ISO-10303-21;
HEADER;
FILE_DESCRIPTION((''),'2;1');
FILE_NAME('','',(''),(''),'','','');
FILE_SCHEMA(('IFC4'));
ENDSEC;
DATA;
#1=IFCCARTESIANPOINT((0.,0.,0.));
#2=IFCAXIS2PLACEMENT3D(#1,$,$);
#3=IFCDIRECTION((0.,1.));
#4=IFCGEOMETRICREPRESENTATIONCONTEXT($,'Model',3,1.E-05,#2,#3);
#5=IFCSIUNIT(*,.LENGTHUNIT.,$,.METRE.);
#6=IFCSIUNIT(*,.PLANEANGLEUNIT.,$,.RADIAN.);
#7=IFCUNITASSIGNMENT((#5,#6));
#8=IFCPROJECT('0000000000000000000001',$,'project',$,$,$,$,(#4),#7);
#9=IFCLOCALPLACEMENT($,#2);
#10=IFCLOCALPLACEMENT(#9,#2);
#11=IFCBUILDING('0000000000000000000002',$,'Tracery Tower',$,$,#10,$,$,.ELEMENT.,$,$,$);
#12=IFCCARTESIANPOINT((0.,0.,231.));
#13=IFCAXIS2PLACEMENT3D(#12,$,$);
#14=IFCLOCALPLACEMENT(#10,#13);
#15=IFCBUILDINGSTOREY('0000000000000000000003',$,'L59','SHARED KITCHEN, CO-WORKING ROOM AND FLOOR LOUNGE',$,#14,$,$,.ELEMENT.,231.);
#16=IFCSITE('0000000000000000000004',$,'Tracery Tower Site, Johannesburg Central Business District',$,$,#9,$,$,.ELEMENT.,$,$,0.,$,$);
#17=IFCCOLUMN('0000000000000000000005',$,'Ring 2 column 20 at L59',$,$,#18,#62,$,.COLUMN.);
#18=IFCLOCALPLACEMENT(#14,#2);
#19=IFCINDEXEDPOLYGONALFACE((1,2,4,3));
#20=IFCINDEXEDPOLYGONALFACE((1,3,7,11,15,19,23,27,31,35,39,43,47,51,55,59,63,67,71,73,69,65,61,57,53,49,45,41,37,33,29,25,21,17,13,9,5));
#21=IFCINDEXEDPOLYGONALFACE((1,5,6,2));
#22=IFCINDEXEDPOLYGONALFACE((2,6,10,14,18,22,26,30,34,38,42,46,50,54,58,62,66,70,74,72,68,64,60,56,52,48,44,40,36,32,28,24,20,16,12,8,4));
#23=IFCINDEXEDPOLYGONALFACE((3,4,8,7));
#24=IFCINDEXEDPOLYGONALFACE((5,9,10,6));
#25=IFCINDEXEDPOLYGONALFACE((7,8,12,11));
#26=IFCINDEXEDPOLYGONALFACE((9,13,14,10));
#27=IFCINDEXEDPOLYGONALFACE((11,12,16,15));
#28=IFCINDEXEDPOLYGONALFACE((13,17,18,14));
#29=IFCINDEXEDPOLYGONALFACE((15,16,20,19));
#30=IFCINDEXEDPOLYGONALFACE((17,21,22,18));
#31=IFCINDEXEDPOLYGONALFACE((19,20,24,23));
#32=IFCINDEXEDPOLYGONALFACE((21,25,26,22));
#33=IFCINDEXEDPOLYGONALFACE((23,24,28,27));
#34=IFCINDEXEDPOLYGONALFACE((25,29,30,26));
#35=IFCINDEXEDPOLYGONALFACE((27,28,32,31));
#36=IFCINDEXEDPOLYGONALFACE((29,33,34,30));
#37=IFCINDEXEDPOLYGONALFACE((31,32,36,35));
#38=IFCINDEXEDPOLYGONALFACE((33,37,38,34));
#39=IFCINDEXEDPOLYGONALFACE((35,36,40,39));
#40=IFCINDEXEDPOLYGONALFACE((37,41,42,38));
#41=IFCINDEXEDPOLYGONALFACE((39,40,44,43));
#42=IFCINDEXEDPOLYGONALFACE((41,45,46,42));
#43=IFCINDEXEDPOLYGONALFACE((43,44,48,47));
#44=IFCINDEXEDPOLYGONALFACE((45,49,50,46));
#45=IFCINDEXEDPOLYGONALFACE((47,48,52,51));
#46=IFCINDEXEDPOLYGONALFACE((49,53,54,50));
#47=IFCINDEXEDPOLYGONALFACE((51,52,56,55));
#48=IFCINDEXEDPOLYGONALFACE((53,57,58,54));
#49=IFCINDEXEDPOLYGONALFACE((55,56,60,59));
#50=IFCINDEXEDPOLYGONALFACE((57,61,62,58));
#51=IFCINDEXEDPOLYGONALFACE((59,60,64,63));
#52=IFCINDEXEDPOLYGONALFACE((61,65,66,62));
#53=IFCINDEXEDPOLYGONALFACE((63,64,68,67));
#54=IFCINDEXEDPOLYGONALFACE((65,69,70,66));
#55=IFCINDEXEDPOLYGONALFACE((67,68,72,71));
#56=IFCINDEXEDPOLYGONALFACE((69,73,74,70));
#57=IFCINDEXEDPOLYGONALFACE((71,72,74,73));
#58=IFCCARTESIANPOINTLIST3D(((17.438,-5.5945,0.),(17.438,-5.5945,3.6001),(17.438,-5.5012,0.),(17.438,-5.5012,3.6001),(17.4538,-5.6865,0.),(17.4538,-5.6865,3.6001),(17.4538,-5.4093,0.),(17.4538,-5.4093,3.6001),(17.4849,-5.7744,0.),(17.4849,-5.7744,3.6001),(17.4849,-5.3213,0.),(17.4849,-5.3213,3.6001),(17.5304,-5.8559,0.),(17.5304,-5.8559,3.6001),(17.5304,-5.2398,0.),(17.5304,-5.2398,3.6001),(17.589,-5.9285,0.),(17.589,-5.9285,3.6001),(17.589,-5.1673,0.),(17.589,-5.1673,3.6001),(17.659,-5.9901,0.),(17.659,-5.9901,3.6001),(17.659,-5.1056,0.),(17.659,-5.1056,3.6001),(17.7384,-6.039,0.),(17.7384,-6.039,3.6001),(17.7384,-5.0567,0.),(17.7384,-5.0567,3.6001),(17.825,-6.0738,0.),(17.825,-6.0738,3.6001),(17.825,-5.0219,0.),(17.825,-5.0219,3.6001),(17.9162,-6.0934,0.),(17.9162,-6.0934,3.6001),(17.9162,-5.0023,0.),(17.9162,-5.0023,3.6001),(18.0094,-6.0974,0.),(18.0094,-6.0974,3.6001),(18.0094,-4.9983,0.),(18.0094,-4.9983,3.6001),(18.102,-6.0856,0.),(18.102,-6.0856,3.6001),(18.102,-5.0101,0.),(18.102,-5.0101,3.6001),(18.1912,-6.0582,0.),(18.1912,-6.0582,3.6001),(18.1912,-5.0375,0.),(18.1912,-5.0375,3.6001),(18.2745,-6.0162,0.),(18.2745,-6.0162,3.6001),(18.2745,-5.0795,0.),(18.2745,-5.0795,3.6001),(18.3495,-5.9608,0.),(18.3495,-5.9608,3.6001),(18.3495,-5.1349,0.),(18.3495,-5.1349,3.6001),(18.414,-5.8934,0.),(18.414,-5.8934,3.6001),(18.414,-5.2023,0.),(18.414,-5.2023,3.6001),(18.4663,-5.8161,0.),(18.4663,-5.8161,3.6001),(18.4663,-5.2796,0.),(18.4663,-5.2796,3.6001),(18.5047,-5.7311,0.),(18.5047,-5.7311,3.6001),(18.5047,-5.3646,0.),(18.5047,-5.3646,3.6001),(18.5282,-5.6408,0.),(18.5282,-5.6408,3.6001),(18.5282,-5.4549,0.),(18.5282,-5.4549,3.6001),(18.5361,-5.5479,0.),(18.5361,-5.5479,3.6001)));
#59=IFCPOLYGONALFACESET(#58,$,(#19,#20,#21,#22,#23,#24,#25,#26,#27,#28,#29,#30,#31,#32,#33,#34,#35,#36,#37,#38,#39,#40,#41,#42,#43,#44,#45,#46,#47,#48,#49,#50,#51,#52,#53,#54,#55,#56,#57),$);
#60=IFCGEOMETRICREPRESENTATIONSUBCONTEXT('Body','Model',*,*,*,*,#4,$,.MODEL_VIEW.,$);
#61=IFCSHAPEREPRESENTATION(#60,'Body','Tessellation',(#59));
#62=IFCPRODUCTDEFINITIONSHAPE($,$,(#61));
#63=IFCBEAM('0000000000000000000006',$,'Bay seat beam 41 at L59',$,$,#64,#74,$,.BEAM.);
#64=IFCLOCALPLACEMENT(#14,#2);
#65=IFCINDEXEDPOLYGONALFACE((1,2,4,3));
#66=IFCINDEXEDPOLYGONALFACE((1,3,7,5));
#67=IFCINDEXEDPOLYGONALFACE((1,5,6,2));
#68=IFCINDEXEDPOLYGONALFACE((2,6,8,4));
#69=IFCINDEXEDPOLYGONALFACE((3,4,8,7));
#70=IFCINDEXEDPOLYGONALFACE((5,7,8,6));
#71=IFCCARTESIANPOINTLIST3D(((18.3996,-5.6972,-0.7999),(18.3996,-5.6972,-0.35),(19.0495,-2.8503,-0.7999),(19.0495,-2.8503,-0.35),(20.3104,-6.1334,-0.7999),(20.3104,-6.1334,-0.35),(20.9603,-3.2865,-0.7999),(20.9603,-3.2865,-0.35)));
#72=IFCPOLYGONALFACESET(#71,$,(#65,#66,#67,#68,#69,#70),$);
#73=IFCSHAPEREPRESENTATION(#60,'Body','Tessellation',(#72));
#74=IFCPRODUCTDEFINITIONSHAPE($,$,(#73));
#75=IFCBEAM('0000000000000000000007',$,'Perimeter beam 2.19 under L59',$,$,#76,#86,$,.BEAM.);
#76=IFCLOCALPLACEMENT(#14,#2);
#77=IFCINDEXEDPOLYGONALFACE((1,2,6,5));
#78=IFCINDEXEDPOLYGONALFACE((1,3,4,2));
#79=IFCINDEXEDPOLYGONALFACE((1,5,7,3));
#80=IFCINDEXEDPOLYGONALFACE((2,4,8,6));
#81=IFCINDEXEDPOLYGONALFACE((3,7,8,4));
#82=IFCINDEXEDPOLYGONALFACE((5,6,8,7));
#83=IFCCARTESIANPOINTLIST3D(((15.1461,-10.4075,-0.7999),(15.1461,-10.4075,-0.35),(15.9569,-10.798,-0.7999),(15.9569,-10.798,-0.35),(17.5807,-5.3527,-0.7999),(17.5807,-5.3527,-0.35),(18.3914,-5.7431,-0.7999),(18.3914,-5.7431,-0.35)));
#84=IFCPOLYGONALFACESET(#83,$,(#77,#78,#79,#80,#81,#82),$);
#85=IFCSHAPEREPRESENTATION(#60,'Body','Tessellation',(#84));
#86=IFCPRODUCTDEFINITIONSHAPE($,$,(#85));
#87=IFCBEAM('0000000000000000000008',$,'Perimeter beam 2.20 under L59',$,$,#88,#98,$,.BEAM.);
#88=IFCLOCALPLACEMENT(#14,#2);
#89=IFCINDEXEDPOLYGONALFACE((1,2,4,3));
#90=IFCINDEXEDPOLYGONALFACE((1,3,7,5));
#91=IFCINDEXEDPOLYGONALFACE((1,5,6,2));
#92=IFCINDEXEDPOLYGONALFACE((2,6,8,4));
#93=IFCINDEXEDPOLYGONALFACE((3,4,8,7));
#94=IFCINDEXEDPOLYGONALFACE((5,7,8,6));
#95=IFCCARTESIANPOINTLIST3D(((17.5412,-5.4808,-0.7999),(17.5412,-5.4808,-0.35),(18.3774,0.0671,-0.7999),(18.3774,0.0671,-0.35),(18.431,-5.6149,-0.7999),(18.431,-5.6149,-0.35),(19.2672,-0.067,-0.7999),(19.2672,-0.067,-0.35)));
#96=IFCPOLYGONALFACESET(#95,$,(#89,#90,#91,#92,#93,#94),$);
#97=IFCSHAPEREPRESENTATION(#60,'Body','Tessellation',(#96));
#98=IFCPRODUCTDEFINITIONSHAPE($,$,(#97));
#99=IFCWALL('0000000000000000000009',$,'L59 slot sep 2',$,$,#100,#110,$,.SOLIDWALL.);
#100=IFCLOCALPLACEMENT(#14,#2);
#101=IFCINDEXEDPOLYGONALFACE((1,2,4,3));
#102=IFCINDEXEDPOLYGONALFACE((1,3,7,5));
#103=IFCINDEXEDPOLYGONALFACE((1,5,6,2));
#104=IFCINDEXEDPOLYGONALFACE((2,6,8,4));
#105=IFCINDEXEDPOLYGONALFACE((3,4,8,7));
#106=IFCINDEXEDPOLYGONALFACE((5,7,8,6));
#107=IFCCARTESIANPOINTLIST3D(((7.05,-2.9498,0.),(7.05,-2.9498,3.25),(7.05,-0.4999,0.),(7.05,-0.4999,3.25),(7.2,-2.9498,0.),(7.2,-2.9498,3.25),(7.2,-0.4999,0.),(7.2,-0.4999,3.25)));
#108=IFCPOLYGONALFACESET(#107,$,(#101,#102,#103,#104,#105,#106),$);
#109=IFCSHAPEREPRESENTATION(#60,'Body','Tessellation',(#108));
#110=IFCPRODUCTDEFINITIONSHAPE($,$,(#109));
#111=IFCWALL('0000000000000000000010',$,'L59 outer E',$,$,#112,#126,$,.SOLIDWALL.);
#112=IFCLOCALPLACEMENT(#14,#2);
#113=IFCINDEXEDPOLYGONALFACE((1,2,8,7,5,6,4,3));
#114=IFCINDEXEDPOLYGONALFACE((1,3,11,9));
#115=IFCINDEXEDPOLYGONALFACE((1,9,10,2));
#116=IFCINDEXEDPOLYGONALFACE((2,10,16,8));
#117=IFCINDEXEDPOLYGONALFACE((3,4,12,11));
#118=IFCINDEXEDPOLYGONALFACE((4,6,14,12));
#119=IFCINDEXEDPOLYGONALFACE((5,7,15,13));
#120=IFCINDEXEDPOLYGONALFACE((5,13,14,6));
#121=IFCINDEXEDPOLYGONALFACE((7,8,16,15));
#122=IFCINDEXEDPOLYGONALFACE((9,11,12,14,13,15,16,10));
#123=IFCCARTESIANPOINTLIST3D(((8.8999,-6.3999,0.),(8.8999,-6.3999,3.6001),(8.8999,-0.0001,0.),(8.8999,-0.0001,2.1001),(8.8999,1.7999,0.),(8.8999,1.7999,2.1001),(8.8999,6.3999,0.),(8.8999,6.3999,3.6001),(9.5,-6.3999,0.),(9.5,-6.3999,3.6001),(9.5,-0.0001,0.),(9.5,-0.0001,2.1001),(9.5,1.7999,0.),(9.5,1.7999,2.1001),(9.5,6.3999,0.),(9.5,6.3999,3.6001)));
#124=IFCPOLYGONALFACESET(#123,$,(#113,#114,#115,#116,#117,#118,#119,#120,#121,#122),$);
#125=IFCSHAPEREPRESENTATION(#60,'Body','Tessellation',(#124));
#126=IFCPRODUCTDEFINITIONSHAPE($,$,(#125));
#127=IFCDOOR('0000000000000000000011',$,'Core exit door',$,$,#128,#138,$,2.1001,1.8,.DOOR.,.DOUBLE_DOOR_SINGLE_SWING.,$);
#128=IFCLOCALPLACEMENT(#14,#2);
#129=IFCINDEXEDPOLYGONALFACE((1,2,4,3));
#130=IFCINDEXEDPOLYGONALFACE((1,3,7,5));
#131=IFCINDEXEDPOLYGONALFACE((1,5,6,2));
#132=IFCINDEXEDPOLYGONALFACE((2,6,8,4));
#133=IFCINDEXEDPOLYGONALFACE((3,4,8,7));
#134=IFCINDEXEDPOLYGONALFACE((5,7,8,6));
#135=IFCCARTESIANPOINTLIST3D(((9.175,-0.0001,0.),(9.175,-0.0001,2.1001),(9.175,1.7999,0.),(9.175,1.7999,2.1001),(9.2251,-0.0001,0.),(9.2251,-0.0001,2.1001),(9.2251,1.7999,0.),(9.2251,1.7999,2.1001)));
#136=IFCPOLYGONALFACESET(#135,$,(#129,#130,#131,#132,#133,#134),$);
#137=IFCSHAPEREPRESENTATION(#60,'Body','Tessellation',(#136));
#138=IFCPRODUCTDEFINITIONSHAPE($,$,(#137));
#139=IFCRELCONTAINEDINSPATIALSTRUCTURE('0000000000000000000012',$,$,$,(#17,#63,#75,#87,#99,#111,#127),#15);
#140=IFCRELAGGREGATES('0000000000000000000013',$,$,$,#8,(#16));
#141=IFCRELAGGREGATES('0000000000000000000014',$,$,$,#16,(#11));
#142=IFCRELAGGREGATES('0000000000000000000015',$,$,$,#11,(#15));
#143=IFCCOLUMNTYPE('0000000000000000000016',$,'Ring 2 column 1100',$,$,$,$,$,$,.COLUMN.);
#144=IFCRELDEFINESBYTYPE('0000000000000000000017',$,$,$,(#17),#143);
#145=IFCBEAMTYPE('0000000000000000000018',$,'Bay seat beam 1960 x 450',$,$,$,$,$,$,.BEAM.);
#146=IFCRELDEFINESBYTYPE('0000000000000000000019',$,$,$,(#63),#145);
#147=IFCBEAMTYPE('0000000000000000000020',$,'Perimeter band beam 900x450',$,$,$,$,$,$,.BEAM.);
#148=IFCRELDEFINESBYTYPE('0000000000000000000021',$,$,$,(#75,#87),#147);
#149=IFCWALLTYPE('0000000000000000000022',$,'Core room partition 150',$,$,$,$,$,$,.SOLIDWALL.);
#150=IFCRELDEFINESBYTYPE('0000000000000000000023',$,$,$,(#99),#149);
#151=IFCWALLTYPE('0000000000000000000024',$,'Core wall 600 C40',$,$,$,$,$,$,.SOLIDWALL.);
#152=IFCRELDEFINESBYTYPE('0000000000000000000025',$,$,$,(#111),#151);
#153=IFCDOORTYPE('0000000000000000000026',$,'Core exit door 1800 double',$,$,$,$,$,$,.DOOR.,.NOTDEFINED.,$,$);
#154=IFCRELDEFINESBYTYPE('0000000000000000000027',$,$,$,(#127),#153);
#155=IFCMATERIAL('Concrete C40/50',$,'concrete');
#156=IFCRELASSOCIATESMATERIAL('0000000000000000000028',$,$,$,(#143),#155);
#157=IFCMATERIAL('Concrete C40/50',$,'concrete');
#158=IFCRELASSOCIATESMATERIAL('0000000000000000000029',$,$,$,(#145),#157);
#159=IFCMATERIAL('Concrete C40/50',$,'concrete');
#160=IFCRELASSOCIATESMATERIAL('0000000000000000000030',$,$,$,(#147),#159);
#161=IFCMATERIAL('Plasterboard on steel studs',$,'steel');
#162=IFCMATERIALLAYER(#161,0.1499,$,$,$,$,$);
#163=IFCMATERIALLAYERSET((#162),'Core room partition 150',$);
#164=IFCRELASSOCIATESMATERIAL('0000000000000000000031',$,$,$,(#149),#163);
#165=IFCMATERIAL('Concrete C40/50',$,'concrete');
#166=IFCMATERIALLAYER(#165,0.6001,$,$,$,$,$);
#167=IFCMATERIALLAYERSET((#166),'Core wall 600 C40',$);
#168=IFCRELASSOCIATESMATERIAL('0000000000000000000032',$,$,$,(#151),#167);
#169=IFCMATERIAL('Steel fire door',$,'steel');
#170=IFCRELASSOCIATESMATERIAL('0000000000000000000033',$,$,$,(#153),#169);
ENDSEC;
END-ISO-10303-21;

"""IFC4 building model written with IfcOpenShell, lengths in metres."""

from ifc_helpers import new_model, si_unit, direction, frame, frame_2d, origin, origin_2d, place, context, subcontext, project, spatial, rectangle, circle, extrude, material, layer, layer_set, material_profile, profile_set, type_object, element, fill, save


model = new_model("IFC4")

# Units and contexts
model_context = context("Model", 3, precision=1e-05, world=origin(), true_north=direction((0.0, 1.0)))
body_context = subcontext(model_context, "Body", "Model", "MODEL_VIEW")
ifc_project = project(units=[si_unit("LENGTHUNIT", "METRE"), si_unit("PLANEANGLEUNIT", "RADIAN")], contexts=[model_context])

# Site, building, storey
site_placement = place(None, origin())
site = spatial("IfcSite", under=ifc_project, at=site_placement, Name="Tracery Tower Site, Johannesburg Central Business District", CompositionType="ELEMENT", RefElevation=0.0)
building_placement = place(site_placement, origin())
building = spatial("IfcBuilding", under=site, at=building_placement, Name="Tracery Tower", CompositionType="ELEMENT")
storey_placement = place(building_placement, frame((0.0, 0.0, 231.0)))
storey = spatial("IfcBuildingStorey", under=building, at=storey_placement, Name="L59", Description="SHARED KITCHEN, CO-WORKING ROOM AND FLOOR LOUNGE", CompositionType="ELEMENT", Elevation=231.0)

# Column
ifc_material_1 = material(Name="Concrete C40/50", Category="concrete")
ifc_material_profile_1 = material_profile(ifc_material_1, circle(Radius=0.55, at=origin_2d()), Name="RC D1100")
ifc_profile_set_1 = profile_set([ifc_material_profile_1], Name="Concrete C40/50")
column_type = type_object("IfcColumnType", Name="Ring 2 column 1100", PredefinedType="COLUMN", material=ifc_profile_set_1)
column_placement = place(storey_placement, frame((17.9861, -5.5479, 0.0), z_axis=(0.0, 0.0, 1.0), x_axis=(1.0, 0.0, 0.0)))
element("IfcColumn", 1, at=column_placement, inside=storey, type_object=column_type, Name="Ring 2 column 20 at L59", PredefinedType="COLUMN", context=body_context, shape_type="SweptSolid", body=[
    extrude(circle(Radius=0.55, at=origin_2d()), origin(), (0.0, 0.0, 1.0), 3.6001),
])

# Beams
ifc_material_2 = material(Name="Concrete C40/50", Category="concrete")
ifc_material_profile_2 = material_profile(ifc_material_2, rectangle(XDim=1.96, YDim=0.45, at=origin_2d()), Name="RC 1960x450")
ifc_profile_set_2 = profile_set([ifc_material_profile_2], Name="Concrete C40/50")
beam_type_1 = type_object("IfcBeamType", Name="Bay seat beam 1960 x 450", PredefinedType="BEAM", material=ifc_profile_set_2)
beam_placement = place(storey_placement, frame((19.355, -5.9153, -0.575), z_axis=(0.222557, 0.97492, 0.0), x_axis=(-0.97492, 0.222557, 0.0)))
element("IfcBeam", 2, at=beam_placement, inside=storey, type_object=beam_type_1, Name="Bay seat beam 41 at L59", PredefinedType="BEAM", context=body_context, shape_type="SweptSolid", body=[
    extrude(rectangle(XDim=1.96, YDim=0.45, at=origin_2d()), origin(), (0.0, 0.0, 1.0), 2.9202),
])
ifc_material_3 = material(Name="Concrete C40/50", Category="concrete")
ifc_material_profile_3 = material_profile(ifc_material_3, rectangle(XDim=0.8999, YDim=0.45, at=origin_2d()), Name="RC 900x450")
ifc_profile_set_3 = profile_set([ifc_material_profile_3], Name="Concrete C40/50")
beam_type_2 = type_object("IfcBeamType", Name="Perimeter band beam 900x450", PredefinedType="BEAM", material=ifc_profile_set_3)
for number, where, z_axis, x_axis, name in (
    (3, (15.5515, -10.6028, -0.575), (0.433919, 0.900952, 0.0), (-0.900952, 0.433919, 0.0), "Perimeter beam 2.19 under L59"),
    (4, (17.9861, -5.5479, -0.575), (0.149038, 0.988831, 0.0), (-0.988831, 0.149038, 0.0), "Perimeter beam 2.20 under L59"),
):
    element("IfcBeam", number, at=place(storey_placement, frame(where, z_axis=z_axis, x_axis=x_axis)), inside=storey, type_object=beam_type_2, Name=name, PredefinedType="BEAM", context=body_context, shape_type="SweptSolid", body=[
        extrude(rectangle(XDim=0.8999, YDim=0.45, at=origin_2d()), origin(), (0.0, 0.0, 1.0), 5.6106),
    ])

# Wall
ifc_material_4 = material(Name="Plasterboard on steel studs", Category="steel")
ifc_layer_1 = layer(ifc_material_4, 0.1499)
ifc_layer_set_1 = layer_set([ifc_layer_1], Name="Core room partition 150")
wall_type_1 = type_object("IfcWallType", Name="Core room partition 150", PredefinedType="SOLIDWALL", material=ifc_layer_set_1)
wall_1_placement = place(storey_placement, frame((7.125, -2.95, 0.0), z_axis=(0.0, 0.0, 1.0), x_axis=(0.0, 1.0, 0.0)))
element("IfcWall", 5, at=wall_1_placement, inside=storey, type_object=wall_type_1, Name="L59 slot sep 2", PredefinedType="SOLIDWALL", context=body_context, shape_type="SweptSolid", body=[
    extrude(rectangle(XDim=2.45, YDim=0.1499, at=frame_2d((1.2251, 0.0))), origin(), (0.0, 0.0, 1.0), 3.25),
])

# Wall, opening, door
ifc_material_5 = material(Name="Concrete C40/50", Category="concrete")
ifc_layer_2 = layer(ifc_material_5, 0.6001)
ifc_layer_set_2 = layer_set([ifc_layer_2], Name="Core wall 600 C40")
wall_type_2 = type_object("IfcWallType", Name="Core wall 600 C40", PredefinedType="SOLIDWALL", material=ifc_layer_set_2)
wall_2_placement = place(storey_placement, frame((9.2, -6.3999, 0.0), z_axis=(0.0, 0.0, 1.0), x_axis=(0.0, 1.0, 0.0)))
wall_2 = element("IfcWall", 6, at=wall_2_placement, inside=storey, type_object=wall_type_2, Name="L59 outer E", PredefinedType="SOLIDWALL", context=body_context, shape_type="SweptSolid", body=[
    extrude(rectangle(XDim=12.7998, YDim=0.6001, at=frame_2d((6.3999, 0.0))), origin(), (0.0, 0.0, 1.0), 3.6001),
])
opening_1_placement = place(wall_2_placement, frame((6.3999, 0.0, 0.0)))
opening_1 = element("IfcOpeningElement", 7, at=opening_1_placement, cuts=wall_2, PredefinedType="OPENING", context=body_context, shape_type="SweptSolid", body=[
    extrude(rectangle(XDim=1.8, YDim=2.1001, at=frame_2d((0.8999, 1.05))), frame((0.0, 0.3, 0.0), z_axis=(0.0, -1.0, 0.0), x_axis=(1.0, 0.0, 0.0)), (0.0, 0.0, 1.0), 0.6001),
])
ifc_material_6 = material(Name="Steel fire door", Category="steel")
door_type_1 = type_object("IfcDoorType", Name="Core exit door 1800 double", OperationType="NOTDEFINED", PredefinedType="DOOR", material=ifc_material_6)
door_1_placement = place(opening_1_placement, origin())
door_1 = element("IfcDoor", 8, at=door_1_placement, inside=storey, type_object=door_type_1, Name="Core exit door", OperationType="DOUBLE_DOOR_SINGLE_SWING", OverallHeight=2.1001, OverallWidth=1.8, PredefinedType="DOOR", context=body_context, shape_type="SweptSolid", body=[
    extrude(rectangle(XDim=1.8, YDim=2.1001, at=frame_2d((0.8999, 1.05))), frame((0.0, 0.0249, 0.0), z_axis=(0.0, -1.0, 0.0), x_axis=(1.0, 0.0, 0.0)), (0.0, 0.0, 1.0), 0.05),
])
fill(opening_1, door_1)

save(model, "model.ifc")
